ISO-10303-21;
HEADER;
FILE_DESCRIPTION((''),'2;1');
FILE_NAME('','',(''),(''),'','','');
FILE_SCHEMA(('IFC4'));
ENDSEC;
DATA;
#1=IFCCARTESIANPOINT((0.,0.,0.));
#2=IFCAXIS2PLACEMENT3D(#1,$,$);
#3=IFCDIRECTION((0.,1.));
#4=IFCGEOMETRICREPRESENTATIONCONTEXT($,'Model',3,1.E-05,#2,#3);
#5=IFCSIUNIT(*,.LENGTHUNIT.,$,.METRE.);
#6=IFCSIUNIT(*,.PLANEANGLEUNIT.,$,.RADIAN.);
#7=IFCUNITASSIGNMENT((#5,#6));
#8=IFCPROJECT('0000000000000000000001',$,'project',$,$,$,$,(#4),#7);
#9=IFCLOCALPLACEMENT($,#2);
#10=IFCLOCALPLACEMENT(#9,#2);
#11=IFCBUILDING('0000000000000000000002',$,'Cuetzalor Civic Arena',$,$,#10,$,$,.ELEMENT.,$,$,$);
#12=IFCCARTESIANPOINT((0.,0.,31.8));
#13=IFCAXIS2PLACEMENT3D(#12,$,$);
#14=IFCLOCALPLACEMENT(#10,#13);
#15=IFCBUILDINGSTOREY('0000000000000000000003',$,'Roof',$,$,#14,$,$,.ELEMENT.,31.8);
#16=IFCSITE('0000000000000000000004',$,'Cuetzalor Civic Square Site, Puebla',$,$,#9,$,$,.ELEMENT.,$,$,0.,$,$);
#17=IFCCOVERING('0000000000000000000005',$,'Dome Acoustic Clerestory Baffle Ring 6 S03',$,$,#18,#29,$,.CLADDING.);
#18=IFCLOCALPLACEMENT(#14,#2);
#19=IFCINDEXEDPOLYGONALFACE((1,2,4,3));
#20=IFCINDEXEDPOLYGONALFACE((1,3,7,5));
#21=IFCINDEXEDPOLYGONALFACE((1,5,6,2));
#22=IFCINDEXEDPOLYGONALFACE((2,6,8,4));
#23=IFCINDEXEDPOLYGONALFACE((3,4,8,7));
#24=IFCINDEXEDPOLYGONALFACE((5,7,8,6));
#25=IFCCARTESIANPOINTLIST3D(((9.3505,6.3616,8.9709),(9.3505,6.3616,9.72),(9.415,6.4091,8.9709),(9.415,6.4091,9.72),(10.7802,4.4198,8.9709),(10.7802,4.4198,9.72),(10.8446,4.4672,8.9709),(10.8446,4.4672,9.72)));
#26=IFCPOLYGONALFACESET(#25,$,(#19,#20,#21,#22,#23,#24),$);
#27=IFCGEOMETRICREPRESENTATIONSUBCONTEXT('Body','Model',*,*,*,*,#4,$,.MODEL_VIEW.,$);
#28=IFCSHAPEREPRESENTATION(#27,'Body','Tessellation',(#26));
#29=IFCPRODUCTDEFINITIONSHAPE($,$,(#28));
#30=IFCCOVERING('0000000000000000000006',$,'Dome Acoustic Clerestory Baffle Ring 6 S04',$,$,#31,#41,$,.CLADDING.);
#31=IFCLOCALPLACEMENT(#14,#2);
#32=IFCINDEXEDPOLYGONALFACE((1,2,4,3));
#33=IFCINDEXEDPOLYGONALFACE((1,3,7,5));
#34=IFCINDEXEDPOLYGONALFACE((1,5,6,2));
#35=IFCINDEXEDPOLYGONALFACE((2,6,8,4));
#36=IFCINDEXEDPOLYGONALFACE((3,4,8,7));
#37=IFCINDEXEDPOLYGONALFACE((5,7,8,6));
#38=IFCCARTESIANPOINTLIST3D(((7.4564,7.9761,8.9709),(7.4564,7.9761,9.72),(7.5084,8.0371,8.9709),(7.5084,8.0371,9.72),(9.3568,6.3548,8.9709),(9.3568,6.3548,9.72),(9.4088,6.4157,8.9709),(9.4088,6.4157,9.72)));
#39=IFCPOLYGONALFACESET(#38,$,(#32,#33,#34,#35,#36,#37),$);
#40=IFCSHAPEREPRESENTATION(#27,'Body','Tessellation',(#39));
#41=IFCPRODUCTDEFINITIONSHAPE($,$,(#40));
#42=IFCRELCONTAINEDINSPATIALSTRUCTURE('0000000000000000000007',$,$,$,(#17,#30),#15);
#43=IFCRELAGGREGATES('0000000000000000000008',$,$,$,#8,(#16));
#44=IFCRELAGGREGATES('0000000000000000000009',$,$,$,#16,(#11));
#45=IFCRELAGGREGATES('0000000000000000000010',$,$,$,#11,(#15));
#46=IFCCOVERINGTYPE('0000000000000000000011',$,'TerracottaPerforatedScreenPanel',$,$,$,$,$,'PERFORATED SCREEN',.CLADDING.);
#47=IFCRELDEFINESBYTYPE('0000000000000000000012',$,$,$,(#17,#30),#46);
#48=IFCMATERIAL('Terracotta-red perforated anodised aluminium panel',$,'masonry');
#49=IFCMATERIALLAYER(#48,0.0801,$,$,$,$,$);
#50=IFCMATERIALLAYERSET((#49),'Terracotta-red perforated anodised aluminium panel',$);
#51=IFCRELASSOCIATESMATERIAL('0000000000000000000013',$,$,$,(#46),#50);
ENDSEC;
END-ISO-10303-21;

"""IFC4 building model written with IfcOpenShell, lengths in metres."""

from ifc_helpers import new_model, si_unit, direction, frame, frame_2d, origin, place, context, subcontext, project, spatial, rectangle, extrude, material, layer, layer_set, type_object, element, save


model = new_model("IFC4")

# Units and contexts
model_context = context("Model", 3, precision=1e-05, world=origin(), true_north=direction((0.0, 1.0)))
body_context = subcontext(model_context, "Body", "Model", "MODEL_VIEW")
ifc_project = project(units=[si_unit("LENGTHUNIT", "METRE"), si_unit("PLANEANGLEUNIT", "RADIAN")], contexts=[model_context])

# Site, building, storey
site_placement = place(None, origin())
site = spatial("IfcSite", under=ifc_project, at=site_placement, Name="Cuetzalor Civic Square Site, Puebla", CompositionType="ELEMENT", RefElevation=0.0)
building_placement = place(site_placement, origin())
building = spatial("IfcBuilding", under=site, at=building_placement, Name="Cuetzalor Civic Arena", CompositionType="ELEMENT")
storey_placement = place(building_placement, frame((0.0, 0.0, 31.8)))
storey = spatial("IfcBuildingStorey", under=building, at=storey_placement, Name="Roof", CompositionType="ELEMENT", Elevation=31.8)

# Coverings
ifc_material_1 = material(Name="Terracotta-red perforated anodised aluminium panel", Category="masonry")
ifc_layer_1 = layer(ifc_material_1, 0.0801)
ifc_layer_set_1 = layer_set([ifc_layer_1], Name="Terracotta-red perforated anodised aluminium panel")
covering_type = type_object("IfcCoveringType", Name="TerracottaPerforatedScreenPanel", ElementType="PERFORATED SCREEN", PredefinedType="CLADDING", material=ifc_layer_set_1)
covering_1_placement = place(storey_placement, frame((9.3828, 6.3853, 8.9709), z_axis=(0.0, 0.0, 1.0), x_axis=(0.592881, -0.80529, 0.0)))
element("IfcCovering", 1, at=covering_1_placement, inside=storey, type_object=covering_type, Name="Dome Acoustic Clerestory Baffle Ring 6 S03", PredefinedType="CLADDING", context=body_context, shape_type="SweptSolid", body=[
    extrude(rectangle(XDim=2.4114, YDim=0.0801, at=frame_2d((1.2056, 0.0))), origin(), (0.0, 0.0, 1.0), 0.749),
])
covering_2_placement = place(storey_placement, frame((7.4824, 8.0066, 8.9709), z_axis=(0.0, 0.0, 1.0), x_axis=(0.760752, -0.649043, 0.0)))
element("IfcCovering", 2, at=covering_2_placement, inside=storey, type_object=covering_type, Name="Dome Acoustic Clerestory Baffle Ring 6 S04", PredefinedType="CLADDING", context=body_context, shape_type="SweptSolid", body=[
    extrude(rectangle(XDim=2.498, YDim=0.0801, at=frame_2d((1.249, 0.0))), origin(), (0.0, 0.0, 1.0), 0.749),
])

save(model, "model.ifc")
